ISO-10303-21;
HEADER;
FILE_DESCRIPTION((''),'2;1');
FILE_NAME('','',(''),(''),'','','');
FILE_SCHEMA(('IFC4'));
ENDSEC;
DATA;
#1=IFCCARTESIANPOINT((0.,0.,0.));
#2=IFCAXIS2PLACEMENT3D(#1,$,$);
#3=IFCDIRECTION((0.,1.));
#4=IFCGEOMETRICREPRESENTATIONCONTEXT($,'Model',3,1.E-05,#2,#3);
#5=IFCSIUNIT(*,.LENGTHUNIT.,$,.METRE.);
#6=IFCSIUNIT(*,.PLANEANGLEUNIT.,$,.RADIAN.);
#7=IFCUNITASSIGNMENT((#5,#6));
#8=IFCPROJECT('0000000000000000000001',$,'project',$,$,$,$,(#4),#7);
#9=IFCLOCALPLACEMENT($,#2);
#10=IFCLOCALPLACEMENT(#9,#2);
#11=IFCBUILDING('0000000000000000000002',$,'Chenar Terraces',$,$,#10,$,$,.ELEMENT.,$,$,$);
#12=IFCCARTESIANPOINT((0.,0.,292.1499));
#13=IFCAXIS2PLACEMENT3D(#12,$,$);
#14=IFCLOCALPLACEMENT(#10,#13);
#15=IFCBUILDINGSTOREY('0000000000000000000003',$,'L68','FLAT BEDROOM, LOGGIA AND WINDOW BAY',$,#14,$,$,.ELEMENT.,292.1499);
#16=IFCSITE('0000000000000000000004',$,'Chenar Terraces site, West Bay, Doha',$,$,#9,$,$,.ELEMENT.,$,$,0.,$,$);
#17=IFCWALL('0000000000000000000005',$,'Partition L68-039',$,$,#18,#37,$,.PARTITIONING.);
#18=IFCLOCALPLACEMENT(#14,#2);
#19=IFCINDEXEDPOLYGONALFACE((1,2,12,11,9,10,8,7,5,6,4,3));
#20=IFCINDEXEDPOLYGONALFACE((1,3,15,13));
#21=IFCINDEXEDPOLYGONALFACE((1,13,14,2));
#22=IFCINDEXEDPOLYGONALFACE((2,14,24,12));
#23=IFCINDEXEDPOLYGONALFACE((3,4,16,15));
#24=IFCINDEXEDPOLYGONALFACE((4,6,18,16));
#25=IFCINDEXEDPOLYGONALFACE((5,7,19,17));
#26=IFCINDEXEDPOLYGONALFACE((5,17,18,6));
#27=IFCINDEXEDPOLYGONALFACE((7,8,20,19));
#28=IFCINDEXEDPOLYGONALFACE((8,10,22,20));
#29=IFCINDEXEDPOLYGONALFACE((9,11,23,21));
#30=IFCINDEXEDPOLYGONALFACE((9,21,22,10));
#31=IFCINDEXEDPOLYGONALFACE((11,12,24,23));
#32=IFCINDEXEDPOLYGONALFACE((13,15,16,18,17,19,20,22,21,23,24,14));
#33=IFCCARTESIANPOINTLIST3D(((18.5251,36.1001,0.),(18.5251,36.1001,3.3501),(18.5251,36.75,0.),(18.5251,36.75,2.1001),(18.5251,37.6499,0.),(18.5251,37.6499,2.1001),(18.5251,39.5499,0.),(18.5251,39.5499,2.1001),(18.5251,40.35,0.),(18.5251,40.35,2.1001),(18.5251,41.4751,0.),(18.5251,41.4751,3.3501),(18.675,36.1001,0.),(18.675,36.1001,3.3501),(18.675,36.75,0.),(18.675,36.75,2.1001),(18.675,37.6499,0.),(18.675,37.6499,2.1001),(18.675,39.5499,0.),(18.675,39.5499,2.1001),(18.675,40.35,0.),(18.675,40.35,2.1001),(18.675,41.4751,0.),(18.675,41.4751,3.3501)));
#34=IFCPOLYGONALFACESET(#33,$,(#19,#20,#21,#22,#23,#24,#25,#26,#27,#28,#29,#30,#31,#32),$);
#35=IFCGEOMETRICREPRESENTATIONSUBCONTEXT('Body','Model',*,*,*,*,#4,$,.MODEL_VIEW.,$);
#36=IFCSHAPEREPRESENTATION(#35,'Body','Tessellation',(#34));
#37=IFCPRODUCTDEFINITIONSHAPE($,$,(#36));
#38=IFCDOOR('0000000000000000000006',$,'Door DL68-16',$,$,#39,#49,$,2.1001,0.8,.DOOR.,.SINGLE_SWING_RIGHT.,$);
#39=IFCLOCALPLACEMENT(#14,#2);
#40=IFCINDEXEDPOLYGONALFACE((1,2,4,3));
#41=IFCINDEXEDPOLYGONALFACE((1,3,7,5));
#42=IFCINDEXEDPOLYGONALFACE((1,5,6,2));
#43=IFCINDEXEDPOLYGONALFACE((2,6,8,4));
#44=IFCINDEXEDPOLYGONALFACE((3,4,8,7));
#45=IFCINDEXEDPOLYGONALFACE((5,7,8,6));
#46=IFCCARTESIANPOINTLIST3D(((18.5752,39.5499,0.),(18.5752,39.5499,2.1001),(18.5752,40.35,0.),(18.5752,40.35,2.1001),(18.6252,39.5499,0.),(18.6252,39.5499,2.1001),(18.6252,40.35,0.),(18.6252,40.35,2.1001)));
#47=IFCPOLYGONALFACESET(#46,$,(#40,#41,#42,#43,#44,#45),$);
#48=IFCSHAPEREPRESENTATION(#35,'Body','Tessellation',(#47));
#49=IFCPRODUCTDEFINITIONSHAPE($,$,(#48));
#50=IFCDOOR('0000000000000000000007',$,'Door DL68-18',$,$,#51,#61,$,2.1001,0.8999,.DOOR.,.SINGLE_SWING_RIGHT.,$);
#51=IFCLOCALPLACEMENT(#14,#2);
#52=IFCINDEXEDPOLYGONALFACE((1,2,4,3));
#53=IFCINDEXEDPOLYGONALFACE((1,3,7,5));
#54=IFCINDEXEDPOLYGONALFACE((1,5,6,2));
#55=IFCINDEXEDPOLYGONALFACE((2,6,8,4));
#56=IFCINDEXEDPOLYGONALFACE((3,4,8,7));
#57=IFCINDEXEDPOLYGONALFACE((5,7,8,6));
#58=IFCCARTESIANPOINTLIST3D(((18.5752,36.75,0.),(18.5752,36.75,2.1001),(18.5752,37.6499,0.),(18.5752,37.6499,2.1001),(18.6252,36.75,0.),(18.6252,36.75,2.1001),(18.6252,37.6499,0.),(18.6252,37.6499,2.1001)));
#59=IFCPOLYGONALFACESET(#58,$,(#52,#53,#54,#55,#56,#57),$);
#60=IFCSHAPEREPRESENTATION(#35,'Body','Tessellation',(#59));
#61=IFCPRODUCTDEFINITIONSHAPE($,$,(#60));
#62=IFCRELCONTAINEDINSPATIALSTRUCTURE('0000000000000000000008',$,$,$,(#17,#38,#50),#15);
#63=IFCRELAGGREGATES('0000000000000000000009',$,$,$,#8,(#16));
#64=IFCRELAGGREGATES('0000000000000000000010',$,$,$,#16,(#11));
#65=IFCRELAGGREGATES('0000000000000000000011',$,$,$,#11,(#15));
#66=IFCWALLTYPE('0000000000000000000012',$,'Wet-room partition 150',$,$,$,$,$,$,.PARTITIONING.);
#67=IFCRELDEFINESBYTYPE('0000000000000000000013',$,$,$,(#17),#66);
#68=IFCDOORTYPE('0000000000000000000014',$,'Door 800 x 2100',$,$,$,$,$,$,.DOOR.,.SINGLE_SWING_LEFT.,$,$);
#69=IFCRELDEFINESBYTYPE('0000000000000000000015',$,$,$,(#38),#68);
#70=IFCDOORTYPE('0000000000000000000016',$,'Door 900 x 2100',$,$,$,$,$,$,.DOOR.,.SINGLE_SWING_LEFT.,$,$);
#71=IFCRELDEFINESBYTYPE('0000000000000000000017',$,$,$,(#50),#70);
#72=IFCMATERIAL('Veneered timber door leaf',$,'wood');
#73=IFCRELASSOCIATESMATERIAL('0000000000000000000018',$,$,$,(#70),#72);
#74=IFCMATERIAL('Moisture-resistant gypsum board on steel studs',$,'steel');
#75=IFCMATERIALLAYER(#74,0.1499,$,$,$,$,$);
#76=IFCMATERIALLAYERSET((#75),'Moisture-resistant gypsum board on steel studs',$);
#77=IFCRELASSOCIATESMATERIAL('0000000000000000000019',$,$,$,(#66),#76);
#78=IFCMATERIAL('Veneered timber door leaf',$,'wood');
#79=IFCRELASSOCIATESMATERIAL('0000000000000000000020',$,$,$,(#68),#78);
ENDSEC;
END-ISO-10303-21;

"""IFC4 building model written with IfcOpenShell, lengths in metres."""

from ifc_helpers import new_model, si_unit, direction, frame, frame_2d, origin, place, context, subcontext, project, spatial, rectangle, extrude, material, layer, layer_set, type_object, element, fill, save


model = new_model("IFC4")

# Units and contexts
model_context = context("Model", 3, precision=1e-05, world=origin(), true_north=direction((0.0, 1.0)))
body_context = subcontext(model_context, "Body", "Model", "MODEL_VIEW")
ifc_project = project(units=[si_unit("LENGTHUNIT", "METRE"), si_unit("PLANEANGLEUNIT", "RADIAN")], contexts=[model_context])

# Site, building, storey
site_placement = place(None, origin())
site = spatial("IfcSite", under=ifc_project, at=site_placement, Name="Chenar Terraces site, West Bay, Doha", CompositionType="ELEMENT", RefElevation=0.0)
building_placement = place(site_placement, origin())
building = spatial("IfcBuilding", under=site, at=building_placement, Name="Chenar Terraces", CompositionType="ELEMENT")
storey_placement = place(building_placement, frame((0.0, 0.0, 292.1499)))
storey = spatial("IfcBuildingStorey", under=building, at=storey_placement, Name="L68", Description="FLAT BEDROOM, LOGGIA AND WINDOW BAY", CompositionType="ELEMENT", Elevation=292.1499)

# Shared definitions
ifc_material_1 = material(Name="Veneered timber door leaf", Category="wood")
door_type_1 = type_object("IfcDoorType", Name="Door 900 x 2100", OperationType="SINGLE_SWING_LEFT", PredefinedType="DOOR", material=ifc_material_1)

# Shared definitions
ifc_material_2 = material(Name="Moisture-resistant gypsum board on steel studs", Category="steel")
ifc_layer_1 = layer(ifc_material_2, 0.1499)
ifc_layer_set_1 = layer_set([ifc_layer_1], Name="Moisture-resistant gypsum board on steel studs")
wall_type_1 = type_object("IfcWallType", Name="Wet-room partition 150", PredefinedType="PARTITIONING", material=ifc_layer_set_1)

# Wall, openings, doors
wall_1_placement = place(storey_placement, frame((18.6001, 36.1001, 0.0), z_axis=(0.0, 0.0, 1.0), x_axis=(0.0, 1.0, 0.0)))
wall_1 = element("IfcWall", 1, at=wall_1_placement, inside=storey, type_object=wall_type_1, Name="Partition L68-039", PredefinedType="PARTITIONING", context=body_context, shape_type="SweptSolid", body=[
    extrude(rectangle(XDim=5.375, YDim=0.1499, at=frame_2d((2.6875, 0.0))), origin(), (0.0, 0.0, 1.0), 3.3501),
])
opening_1_placement = place(wall_1_placement, frame((3.45, 0.0, 0.0)))
opening_1 = element("IfcOpeningElement", 2, at=opening_1_placement, cuts=wall_1, PredefinedType="OPENING", context=body_context, shape_type="SweptSolid", body=[
    extrude(rectangle(XDim=0.8, YDim=2.1001, at=frame_2d((0.3999, 1.05))), frame((0.0, 0.085, 0.0), z_axis=(0.0, -1.0, 0.0), x_axis=(1.0, 0.0, 0.0)), (0.0, 0.0, 1.0), 0.1699),
])
opening_2_placement = place(wall_1_placement, frame((0.6499, 0.0, 0.0)))
opening_2 = element("IfcOpeningElement", 3, at=opening_2_placement, cuts=wall_1, PredefinedType="OPENING", context=body_context, shape_type="SweptSolid", body=[
    extrude(rectangle(XDim=0.8999, YDim=2.1001, at=frame_2d((0.45, 1.05))), frame((0.0, 0.085, 0.0), z_axis=(0.0, -1.0, 0.0), x_axis=(1.0, 0.0, 0.0)), (0.0, 0.0, 1.0), 0.1699),
])
ifc_material_3 = material(Name="Veneered timber door leaf", Category="wood")
door_type_2 = type_object("IfcDoorType", Name="Door 800 x 2100", OperationType="SINGLE_SWING_LEFT", PredefinedType="DOOR", material=ifc_material_3)
door_1_placement = place(opening_1_placement, origin())
door_1 = element("IfcDoor", 4, at=door_1_placement, inside=storey, type_object=door_type_2, Name="Door DL68-16", OperationType="SINGLE_SWING_RIGHT", OverallHeight=2.1001, OverallWidth=0.8, PredefinedType="DOOR", context=body_context, shape_type="SweptSolid", body=[
    extrude(rectangle(XDim=0.8, YDim=2.1001, at=frame_2d((0.3999, 1.05))), frame((0.0, 0.0249, 0.0), z_axis=(0.0, -1.0, 0.0), x_axis=(1.0, 0.0, 0.0)), (0.0, 0.0, 1.0), 0.05),
])
fill(opening_1, door_1)
door_2_placement = place(opening_2_placement, origin())
door_2 = element("IfcDoor", 5, at=door_2_placement, inside=storey, type_object=door_type_1, Name="Door DL68-18", OperationType="SINGLE_SWING_RIGHT", OverallHeight=2.1001, OverallWidth=0.8999, PredefinedType="DOOR", context=body_context, shape_type="SweptSolid", body=[
    extrude(rectangle(XDim=0.8999, YDim=2.1001, at=frame_2d((0.45, 1.05))), frame((0.0, 0.0249, 0.0), z_axis=(0.0, -1.0, 0.0), x_axis=(1.0, 0.0, 0.0)), (0.0, 0.0, 1.0), 0.05),
])
fill(opening_2, door_2)

save(model, "model.ifc")
